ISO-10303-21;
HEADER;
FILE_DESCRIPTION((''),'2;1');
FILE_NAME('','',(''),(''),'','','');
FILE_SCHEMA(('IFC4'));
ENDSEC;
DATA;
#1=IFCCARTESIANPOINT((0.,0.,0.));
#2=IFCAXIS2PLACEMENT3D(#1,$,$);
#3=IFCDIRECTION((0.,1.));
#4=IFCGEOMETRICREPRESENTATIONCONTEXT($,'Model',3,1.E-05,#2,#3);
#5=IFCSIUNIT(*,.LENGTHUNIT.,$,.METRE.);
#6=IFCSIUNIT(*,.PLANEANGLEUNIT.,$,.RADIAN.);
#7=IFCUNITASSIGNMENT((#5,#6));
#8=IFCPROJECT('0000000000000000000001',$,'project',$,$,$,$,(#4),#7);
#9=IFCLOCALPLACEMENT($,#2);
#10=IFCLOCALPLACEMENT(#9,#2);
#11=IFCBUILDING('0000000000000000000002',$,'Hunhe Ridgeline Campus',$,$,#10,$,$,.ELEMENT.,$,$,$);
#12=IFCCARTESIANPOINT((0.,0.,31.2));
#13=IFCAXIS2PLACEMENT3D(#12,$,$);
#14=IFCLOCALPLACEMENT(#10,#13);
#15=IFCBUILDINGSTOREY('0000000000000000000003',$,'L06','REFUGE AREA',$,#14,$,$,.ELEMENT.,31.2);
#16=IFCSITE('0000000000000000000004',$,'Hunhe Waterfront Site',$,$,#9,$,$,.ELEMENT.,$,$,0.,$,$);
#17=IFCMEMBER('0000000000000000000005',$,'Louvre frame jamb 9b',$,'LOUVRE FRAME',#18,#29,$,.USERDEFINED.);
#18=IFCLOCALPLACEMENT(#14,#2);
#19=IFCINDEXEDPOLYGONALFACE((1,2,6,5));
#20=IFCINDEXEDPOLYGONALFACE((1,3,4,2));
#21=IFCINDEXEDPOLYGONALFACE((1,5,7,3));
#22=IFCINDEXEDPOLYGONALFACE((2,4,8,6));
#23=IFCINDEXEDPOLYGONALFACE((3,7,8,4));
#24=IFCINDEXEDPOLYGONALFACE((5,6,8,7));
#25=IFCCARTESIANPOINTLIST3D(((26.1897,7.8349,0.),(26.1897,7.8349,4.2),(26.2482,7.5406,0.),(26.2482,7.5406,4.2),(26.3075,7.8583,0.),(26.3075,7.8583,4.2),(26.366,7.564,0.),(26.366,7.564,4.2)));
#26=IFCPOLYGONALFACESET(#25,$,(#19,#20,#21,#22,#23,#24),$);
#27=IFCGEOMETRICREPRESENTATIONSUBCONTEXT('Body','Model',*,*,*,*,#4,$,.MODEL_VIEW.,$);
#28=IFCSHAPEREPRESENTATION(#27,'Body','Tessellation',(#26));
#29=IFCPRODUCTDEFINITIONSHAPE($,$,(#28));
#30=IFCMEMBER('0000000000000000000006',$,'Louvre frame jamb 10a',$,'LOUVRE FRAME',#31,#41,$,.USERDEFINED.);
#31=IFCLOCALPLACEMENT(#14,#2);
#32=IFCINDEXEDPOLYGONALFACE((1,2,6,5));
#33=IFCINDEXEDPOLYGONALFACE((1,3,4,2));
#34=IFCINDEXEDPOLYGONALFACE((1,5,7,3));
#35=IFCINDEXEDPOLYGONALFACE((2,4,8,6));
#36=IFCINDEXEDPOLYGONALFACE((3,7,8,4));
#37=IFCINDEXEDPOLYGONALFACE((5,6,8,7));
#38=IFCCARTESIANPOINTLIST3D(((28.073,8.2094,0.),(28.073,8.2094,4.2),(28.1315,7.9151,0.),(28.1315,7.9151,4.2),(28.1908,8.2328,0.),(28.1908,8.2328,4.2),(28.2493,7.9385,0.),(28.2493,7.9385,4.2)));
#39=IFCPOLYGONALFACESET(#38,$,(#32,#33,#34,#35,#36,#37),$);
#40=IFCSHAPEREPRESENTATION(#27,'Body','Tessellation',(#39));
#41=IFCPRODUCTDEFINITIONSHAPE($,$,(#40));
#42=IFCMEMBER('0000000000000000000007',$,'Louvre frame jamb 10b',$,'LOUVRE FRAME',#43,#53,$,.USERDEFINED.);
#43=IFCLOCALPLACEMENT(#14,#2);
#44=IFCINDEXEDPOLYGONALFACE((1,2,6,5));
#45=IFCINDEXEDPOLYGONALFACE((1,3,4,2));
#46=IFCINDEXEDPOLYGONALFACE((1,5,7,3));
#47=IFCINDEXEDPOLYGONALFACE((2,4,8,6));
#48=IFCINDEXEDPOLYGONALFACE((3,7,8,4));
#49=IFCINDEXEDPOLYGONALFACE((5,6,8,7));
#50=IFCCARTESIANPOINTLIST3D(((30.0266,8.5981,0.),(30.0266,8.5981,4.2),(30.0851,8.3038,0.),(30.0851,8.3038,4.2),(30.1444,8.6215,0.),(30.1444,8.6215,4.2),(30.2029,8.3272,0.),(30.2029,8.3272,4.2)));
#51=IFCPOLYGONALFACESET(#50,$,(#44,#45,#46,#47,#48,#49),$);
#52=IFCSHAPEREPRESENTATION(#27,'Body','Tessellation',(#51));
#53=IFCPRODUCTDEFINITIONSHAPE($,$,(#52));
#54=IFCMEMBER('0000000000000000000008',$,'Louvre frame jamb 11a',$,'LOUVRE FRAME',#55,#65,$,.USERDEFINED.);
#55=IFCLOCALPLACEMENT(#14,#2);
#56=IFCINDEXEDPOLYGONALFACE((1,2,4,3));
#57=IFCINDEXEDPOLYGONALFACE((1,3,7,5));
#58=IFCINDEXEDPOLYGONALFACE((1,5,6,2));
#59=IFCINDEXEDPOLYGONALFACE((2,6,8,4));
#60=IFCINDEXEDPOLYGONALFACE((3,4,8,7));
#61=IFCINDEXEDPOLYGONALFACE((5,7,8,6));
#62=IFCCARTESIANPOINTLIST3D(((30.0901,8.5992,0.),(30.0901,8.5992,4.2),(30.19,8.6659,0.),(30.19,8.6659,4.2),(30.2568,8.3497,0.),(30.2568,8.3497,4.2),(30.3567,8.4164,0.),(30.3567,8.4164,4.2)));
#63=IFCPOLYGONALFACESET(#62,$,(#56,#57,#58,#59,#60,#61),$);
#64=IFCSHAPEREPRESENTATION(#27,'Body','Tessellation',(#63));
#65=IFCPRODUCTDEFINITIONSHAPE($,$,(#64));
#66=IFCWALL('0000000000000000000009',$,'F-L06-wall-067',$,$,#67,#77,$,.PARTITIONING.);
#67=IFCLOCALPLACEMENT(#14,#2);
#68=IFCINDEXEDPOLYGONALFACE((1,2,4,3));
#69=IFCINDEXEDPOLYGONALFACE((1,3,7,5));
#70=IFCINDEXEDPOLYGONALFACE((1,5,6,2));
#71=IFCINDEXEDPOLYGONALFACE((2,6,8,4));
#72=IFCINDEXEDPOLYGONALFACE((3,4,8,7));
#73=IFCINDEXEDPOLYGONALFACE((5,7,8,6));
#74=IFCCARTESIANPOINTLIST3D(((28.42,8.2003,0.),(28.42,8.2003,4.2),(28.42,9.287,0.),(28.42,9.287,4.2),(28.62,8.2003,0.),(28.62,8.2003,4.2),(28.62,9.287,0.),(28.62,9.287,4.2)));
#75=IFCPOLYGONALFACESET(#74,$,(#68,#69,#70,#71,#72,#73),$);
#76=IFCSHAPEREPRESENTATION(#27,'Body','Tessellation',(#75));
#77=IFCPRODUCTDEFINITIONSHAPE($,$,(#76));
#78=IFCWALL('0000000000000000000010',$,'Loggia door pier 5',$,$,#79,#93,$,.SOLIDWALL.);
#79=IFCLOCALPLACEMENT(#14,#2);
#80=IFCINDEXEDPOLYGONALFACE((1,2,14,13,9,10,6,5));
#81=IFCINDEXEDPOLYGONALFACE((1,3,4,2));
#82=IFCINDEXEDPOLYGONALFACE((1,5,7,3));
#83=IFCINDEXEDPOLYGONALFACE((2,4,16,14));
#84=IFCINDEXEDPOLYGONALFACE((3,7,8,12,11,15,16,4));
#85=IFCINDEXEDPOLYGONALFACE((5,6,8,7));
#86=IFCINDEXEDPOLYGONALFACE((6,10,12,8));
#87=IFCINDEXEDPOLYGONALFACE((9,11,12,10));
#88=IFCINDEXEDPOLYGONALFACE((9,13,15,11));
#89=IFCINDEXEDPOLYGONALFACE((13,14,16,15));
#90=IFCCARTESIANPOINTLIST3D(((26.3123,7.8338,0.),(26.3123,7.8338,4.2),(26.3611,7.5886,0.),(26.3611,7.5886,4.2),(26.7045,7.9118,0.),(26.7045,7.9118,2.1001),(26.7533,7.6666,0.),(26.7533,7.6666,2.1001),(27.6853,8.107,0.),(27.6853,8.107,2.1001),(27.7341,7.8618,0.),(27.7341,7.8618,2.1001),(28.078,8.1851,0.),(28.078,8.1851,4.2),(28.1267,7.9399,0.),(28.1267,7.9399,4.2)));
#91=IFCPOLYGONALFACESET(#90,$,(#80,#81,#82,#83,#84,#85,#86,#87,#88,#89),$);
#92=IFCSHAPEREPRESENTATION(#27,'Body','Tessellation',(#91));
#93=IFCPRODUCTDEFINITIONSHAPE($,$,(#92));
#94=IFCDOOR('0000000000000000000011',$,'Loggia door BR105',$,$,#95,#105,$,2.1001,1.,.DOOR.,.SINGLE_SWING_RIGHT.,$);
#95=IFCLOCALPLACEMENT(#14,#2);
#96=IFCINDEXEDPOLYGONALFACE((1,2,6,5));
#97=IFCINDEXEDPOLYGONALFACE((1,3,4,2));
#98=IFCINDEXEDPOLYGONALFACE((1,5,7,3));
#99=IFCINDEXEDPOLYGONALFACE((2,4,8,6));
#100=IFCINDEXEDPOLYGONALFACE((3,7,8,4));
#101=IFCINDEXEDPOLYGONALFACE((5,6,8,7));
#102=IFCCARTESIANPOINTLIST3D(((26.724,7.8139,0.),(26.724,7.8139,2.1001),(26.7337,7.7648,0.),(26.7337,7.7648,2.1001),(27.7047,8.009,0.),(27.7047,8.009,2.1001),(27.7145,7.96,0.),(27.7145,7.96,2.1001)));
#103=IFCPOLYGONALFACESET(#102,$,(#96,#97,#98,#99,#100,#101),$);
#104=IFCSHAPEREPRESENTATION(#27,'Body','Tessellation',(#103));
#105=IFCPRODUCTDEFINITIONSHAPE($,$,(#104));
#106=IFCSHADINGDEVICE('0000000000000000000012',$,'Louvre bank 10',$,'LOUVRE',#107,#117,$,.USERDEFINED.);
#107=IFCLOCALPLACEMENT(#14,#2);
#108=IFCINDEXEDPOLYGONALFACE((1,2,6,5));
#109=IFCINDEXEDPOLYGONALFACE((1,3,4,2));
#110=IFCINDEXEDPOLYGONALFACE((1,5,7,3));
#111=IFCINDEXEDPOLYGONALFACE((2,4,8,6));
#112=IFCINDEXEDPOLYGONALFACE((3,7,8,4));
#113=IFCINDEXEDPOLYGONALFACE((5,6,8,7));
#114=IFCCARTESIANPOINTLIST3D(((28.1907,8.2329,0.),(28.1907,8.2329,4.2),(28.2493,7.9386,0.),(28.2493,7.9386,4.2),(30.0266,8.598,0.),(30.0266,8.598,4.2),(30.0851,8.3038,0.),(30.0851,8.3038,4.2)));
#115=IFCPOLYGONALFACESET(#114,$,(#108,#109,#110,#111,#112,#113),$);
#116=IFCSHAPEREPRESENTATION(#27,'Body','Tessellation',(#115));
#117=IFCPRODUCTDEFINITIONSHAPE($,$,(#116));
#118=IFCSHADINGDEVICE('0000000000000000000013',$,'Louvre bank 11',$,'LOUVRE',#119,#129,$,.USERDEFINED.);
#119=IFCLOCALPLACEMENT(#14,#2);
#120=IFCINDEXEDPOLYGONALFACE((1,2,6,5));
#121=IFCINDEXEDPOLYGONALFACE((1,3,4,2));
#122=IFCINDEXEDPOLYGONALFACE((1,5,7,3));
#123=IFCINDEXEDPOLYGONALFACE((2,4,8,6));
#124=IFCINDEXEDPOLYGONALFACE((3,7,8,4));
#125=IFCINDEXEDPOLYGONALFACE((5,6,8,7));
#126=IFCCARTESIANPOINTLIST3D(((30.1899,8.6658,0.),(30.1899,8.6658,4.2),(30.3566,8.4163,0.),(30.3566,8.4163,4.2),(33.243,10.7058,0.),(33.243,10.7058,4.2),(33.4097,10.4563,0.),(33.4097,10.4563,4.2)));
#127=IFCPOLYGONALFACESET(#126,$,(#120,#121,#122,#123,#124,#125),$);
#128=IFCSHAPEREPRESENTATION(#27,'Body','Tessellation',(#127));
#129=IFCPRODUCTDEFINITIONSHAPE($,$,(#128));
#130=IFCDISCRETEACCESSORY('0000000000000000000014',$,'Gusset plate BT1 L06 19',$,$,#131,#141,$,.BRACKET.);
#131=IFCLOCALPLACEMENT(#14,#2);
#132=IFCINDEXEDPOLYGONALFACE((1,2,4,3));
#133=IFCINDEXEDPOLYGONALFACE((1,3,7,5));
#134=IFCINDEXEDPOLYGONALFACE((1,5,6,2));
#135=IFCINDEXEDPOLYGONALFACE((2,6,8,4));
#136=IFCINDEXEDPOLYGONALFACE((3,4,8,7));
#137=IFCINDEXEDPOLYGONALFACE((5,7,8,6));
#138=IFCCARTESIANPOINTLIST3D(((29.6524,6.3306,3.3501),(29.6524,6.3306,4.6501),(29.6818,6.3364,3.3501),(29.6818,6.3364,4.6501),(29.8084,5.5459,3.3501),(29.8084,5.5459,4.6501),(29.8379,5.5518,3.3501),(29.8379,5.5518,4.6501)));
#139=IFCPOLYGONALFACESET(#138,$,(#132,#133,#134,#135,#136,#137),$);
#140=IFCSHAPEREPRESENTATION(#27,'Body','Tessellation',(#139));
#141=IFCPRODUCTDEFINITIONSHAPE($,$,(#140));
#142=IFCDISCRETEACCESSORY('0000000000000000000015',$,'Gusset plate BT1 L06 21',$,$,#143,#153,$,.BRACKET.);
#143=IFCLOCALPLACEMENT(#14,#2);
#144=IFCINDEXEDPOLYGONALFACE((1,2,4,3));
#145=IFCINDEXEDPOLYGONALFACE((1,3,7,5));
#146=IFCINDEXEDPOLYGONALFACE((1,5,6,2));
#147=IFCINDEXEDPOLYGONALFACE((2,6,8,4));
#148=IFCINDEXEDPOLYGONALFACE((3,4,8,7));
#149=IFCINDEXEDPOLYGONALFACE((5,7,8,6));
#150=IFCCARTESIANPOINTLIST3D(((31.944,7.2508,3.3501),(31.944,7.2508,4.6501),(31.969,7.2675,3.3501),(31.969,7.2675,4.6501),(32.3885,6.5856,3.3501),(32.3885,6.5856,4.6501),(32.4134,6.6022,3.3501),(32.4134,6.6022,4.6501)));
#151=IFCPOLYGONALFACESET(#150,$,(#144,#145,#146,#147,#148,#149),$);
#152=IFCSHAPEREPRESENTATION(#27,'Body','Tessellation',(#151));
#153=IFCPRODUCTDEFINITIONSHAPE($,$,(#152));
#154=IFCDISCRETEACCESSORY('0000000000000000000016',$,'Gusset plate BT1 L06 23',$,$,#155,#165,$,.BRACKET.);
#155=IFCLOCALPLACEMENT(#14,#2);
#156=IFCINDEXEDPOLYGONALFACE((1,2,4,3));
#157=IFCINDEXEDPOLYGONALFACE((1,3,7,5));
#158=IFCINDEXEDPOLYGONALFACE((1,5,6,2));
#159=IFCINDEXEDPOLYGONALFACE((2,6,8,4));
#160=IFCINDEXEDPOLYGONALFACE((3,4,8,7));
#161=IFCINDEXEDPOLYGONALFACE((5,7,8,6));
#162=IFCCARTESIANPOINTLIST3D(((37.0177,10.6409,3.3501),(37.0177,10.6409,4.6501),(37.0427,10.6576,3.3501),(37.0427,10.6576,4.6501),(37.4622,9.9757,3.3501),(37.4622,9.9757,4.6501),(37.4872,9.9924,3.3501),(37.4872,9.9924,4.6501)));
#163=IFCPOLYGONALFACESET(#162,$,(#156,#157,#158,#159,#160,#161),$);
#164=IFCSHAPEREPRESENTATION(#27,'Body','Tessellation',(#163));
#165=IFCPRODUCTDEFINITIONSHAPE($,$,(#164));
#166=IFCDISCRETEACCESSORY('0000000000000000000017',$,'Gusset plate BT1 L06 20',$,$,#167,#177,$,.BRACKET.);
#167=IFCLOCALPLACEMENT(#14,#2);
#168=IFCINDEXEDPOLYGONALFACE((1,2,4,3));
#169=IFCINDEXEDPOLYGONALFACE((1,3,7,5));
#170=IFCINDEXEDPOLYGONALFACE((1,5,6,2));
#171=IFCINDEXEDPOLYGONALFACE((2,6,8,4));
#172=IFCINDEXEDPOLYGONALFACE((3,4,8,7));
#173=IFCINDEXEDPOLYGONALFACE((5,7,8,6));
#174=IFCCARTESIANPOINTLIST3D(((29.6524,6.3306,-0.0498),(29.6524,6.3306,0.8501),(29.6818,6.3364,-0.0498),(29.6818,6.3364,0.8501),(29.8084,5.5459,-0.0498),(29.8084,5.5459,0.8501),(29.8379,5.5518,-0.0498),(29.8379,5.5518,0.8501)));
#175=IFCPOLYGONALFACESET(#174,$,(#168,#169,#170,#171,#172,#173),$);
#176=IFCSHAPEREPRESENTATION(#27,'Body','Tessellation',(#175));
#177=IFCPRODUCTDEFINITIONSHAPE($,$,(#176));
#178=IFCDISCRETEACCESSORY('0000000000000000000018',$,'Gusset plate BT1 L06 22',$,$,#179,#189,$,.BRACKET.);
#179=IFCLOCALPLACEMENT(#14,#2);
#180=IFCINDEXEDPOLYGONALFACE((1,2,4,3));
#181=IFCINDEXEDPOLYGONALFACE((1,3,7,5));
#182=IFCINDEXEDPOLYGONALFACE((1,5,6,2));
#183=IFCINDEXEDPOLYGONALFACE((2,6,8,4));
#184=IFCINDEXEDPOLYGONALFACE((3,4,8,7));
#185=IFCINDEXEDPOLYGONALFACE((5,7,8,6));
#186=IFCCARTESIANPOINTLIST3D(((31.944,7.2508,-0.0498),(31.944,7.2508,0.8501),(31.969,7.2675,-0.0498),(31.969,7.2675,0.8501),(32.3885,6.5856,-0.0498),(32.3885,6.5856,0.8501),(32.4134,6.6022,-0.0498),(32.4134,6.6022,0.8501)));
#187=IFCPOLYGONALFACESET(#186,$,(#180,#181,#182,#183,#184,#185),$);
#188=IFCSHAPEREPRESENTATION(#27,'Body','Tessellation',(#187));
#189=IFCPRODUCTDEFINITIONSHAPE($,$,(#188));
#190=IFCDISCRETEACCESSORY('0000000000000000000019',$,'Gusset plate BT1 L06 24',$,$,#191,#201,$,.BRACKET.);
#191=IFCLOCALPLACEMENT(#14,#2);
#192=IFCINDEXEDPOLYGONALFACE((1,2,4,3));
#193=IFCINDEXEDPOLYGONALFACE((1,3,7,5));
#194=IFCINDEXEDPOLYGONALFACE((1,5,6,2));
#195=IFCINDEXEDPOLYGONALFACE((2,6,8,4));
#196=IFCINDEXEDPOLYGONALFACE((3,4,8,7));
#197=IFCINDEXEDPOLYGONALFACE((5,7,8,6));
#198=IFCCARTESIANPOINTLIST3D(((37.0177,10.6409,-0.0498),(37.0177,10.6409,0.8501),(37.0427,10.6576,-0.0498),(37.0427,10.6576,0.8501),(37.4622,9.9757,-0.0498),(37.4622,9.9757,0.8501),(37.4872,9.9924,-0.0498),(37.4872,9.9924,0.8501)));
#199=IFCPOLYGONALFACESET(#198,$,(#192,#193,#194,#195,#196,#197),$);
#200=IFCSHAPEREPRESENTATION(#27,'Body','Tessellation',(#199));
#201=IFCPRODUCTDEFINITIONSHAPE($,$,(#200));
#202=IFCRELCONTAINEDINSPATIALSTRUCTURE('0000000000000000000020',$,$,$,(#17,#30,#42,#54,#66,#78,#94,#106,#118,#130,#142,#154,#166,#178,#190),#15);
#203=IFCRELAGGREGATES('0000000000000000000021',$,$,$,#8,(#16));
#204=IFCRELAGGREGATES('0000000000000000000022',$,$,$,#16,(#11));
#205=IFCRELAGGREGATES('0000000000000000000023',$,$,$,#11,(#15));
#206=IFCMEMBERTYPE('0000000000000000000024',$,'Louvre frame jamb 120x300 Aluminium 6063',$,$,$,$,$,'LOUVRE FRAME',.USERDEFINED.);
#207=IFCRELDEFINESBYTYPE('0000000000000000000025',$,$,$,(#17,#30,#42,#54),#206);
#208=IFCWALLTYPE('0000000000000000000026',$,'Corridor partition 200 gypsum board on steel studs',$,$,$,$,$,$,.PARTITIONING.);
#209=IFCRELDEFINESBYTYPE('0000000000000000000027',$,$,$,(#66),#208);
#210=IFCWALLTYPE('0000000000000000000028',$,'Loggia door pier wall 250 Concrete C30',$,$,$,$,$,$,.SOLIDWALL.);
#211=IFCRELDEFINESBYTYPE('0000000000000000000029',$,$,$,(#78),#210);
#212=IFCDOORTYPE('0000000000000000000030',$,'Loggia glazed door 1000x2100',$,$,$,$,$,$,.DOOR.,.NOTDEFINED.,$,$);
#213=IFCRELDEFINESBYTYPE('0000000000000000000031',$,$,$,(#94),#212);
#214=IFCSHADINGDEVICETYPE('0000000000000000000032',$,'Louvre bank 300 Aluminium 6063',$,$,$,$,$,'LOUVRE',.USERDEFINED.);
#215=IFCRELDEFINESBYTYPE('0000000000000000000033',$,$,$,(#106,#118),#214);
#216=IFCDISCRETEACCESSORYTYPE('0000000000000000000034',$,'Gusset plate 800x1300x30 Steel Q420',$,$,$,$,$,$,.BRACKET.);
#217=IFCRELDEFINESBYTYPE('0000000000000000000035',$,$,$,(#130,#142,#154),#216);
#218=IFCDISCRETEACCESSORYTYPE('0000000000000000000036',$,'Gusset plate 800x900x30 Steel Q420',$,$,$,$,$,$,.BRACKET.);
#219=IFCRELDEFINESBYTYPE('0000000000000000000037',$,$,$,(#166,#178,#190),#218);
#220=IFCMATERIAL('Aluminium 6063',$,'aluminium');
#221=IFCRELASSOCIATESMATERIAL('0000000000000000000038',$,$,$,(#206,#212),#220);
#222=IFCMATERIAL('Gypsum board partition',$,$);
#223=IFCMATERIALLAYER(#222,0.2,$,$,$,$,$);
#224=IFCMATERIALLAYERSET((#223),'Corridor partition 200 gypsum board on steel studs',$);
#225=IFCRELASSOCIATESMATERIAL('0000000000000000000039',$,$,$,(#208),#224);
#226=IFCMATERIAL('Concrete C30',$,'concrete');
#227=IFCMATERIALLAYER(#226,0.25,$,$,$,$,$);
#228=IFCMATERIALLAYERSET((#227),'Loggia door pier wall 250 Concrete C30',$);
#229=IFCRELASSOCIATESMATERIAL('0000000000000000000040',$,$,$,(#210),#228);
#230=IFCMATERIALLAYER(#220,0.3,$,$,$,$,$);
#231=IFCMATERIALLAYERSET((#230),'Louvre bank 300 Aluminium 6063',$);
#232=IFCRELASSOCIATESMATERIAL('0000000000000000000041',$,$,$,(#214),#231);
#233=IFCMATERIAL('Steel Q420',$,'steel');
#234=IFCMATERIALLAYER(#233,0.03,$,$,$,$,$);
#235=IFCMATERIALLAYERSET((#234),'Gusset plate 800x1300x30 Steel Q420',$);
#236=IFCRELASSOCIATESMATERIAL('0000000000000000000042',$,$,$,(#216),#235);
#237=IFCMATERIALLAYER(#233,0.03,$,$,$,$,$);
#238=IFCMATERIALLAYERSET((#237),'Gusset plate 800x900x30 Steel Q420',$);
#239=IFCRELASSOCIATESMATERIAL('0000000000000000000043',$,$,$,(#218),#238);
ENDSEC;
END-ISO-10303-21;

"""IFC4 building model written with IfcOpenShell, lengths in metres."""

from ifc_helpers import new_model, si_unit, direction, frame, frame_2d, origin, origin_2d, place, context, subcontext, project, spatial, rectangle, extrude, material, layer, layer_set, material_profile, profile_set, type_object, element, fill, save


model = new_model("IFC4")

# Units and contexts
model_context = context("Model", 3, precision=1e-05, world=origin(), true_north=direction((0.0, 1.0)))
body_context = subcontext(model_context, "Body", "Model", "MODEL_VIEW")
ifc_project = project(units=[si_unit("LENGTHUNIT", "METRE"), si_unit("PLANEANGLEUNIT", "RADIAN")], contexts=[model_context])

# Site, building, storey
site_placement = place(None, origin())
site = spatial("IfcSite", under=ifc_project, at=site_placement, Name="Hunhe Waterfront Site", CompositionType="ELEMENT", RefElevation=0.0)
building_placement = place(site_placement, origin())
building = spatial("IfcBuilding", under=site, at=building_placement, Name="Hunhe Ridgeline Campus", CompositionType="ELEMENT")
storey_placement = place(building_placement, frame((0.0, 0.0, 31.2)))
storey = spatial("IfcBuildingStorey", under=building, at=storey_placement, Name="L06", Description="REFUGE AREA", CompositionType="ELEMENT", Elevation=31.2)

# Members
ifc_material_1 = material(Name="Steel Q420", Category="steel")
ifc_material_2 = material(Name="Aluminium 6063", Category="aluminium")
ifc_material_profile_1 = material_profile(ifc_material_2, rectangle(XDim=0.3, YDim=0.1201, at=origin_2d()))
ifc_profile_set_1 = profile_set([ifc_material_profile_1], Name="Aluminium 6063")
member_type_1 = type_object("IfcMemberType", Name="Louvre frame jamb 120x300 Aluminium 6063", ElementType="LOUVRE FRAME", PredefinedType="USERDEFINED", material=ifc_profile_set_1)
for number, where, z_axis, x_axis, name in (
    (1, (26.2778, 7.6995, 0.0), (0.0, 0.0, 1.0), (-0.19509, 0.980785, 0.0), "Louvre frame jamb 9b"),
    (2, (28.1611, 8.074, 0.0), (0.0, 0.0, 1.0), (-0.19509, 0.980785, 0.0), "Louvre frame jamb 10a"),
    (3, (30.1147, 8.4626, 0.0), (0.0, 0.0, 1.0), (-0.19509, 0.980785, 0.0), "Louvre frame jamb 10b"),
    (4, (30.2234, 8.5078, 0.0), (0.0, 0.0, 1.0), (-0.55557, 0.83147, 0.0), "Louvre frame jamb 11a"),
):
    element("IfcMember", number, at=place(storey_placement, frame(where, z_axis=z_axis, x_axis=x_axis)), inside=storey, type_object=member_type_1, Name=name, ObjectType="LOUVRE FRAME", PredefinedType="USERDEFINED", context=body_context, shape_type="SweptSolid", body=[
        extrude(rectangle(XDim=0.3, YDim=0.1201, at=origin_2d()), origin(), (0.0, 0.0, 1.0), 4.2),
    ])

# Wall
ifc_material_3 = material(Name="Gypsum board partition")
ifc_layer_1 = layer(ifc_material_3, 0.2)
ifc_layer_set_1 = layer_set([ifc_layer_1], Name="Corridor partition 200 gypsum board on steel studs")
wall_type_1 = type_object("IfcWallType", Name="Corridor partition 200 gypsum board on steel studs", PredefinedType="PARTITIONING", material=ifc_layer_set_1)
wall_1_placement = place(storey_placement, frame((28.52, 9.2871, 0.0), z_axis=(0.0, 0.0, 1.0), x_axis=(0.0, -1.0, 0.0)))
element("IfcWall", 5, at=wall_1_placement, inside=storey, type_object=wall_type_1, Name="F-L06-wall-067", PredefinedType="PARTITIONING", context=body_context, shape_type="SweptSolid", body=[
    extrude(rectangle(XDim=1.0867, YDim=0.2, at=frame_2d((0.5435, 0.0))), origin(), (0.0, 0.0, 1.0), 4.2),
])

# Wall, opening, door
ifc_material_4 = material(Name="Concrete C30", Category="concrete")
ifc_layer_2 = layer(ifc_material_4, 0.25)
ifc_layer_set_2 = layer_set([ifc_layer_2], Name="Loggia door pier wall 250 Concrete C30")
wall_type_2 = type_object("IfcWallType", Name="Loggia door pier wall 250 Concrete C30", PredefinedType="SOLIDWALL", material=ifc_layer_set_2)
wall_2_placement = place(storey_placement, frame((26.3367, 7.7112, 0.0), z_axis=(0.0, 0.0, 1.0), x_axis=(0.980773, 0.195151, 0.0)))
wall_2 = element("IfcWall", 6, at=wall_2_placement, inside=storey, type_object=wall_type_2, Name="Loggia door pier 5", PredefinedType="SOLIDWALL", context=body_context, shape_type="SweptSolid", body=[
    extrude(rectangle(XDim=1.8003, YDim=0.25, at=frame_2d((0.9001, 0.0))), origin(), (0.0, 0.0, 1.0), 4.2),
])
opening_placement = place(wall_2_placement, frame((0.3999, 0.0, 0.0)))
opening = element("IfcOpeningElement", 7, at=opening_placement, cuts=wall_2, PredefinedType="OPENING", context=body_context, shape_type="SweptSolid", body=[
    extrude(rectangle(XDim=1.0, YDim=2.1001, at=frame_2d((0.5, 1.05))), frame((0.0, 0.125, 0.0), z_axis=(0.0, -1.0, 0.0), x_axis=(1.0, 0.0, 0.0)), (0.0, 0.0, 1.0), 0.25),
])
door_type = type_object("IfcDoorType", Name="Loggia glazed door 1000x2100", OperationType="NOTDEFINED", PredefinedType="DOOR", material=ifc_material_2)
door_placement = place(opening_placement, frame((1.0, 0.0, 0.0), z_axis=(0.0, 0.0, 1.0), x_axis=(-1.0, 0.0, 0.0)))
door = element("IfcDoor", 8, at=door_placement, inside=storey, type_object=door_type, Name="Loggia door BR105", OperationType="SINGLE_SWING_RIGHT", OverallHeight=2.1001, OverallWidth=1.0, PredefinedType="DOOR", context=body_context, shape_type="SweptSolid", body=[
    extrude(rectangle(XDim=1.0, YDim=2.1001, at=frame_2d((0.5, 1.05))), frame((0.0, 0.0249, 0.0), z_axis=(0.0, -1.0, 0.0), x_axis=(1.0, 0.0, 0.0)), (0.0, 0.0, 1.0), 0.05),
])
fill(opening, door)

# Shading devices
ifc_layer_3 = layer(ifc_material_2, 0.3)
ifc_layer_set_3 = layer_set([ifc_layer_3], Name="Louvre bank 300 Aluminium 6063")
shading_device_type = type_object("IfcShadingDeviceType", Name="Louvre bank 300 Aluminium 6063", ElementType="LOUVRE", PredefinedType="USERDEFINED", material=ifc_layer_set_3)
shading_device_1_placement = place(storey_placement, frame((29.1379, 8.2683, 0.0), z_axis=(0.0, 0.0, 1.0), x_axis=(0.980785, 0.19509, 0.0)))
element("IfcShadingDevice", 9, at=shading_device_1_placement, inside=storey, type_object=shading_device_type, Name="Louvre bank 10", ObjectType="LOUVRE", PredefinedType="USERDEFINED", context=body_context, shape_type="SweptSolid", body=[
    extrude(rectangle(XDim=1.8718, YDim=0.3, at=origin_2d()), origin(), (0.0, 0.0, 1.0), 4.2),
])
shading_device_2_placement = place(storey_placement, frame((31.7998, 9.561, 0.0), z_axis=(0.0, 0.0, 1.0), x_axis=(0.83147, 0.55557, 0.0)))
element("IfcShadingDevice", 10, at=shading_device_2_placement, inside=storey, type_object=shading_device_type, Name="Louvre bank 11", ObjectType="LOUVRE", PredefinedType="USERDEFINED", context=body_context, shape_type="SweptSolid", body=[
    extrude(rectangle(XDim=3.6719, YDim=0.3, at=origin_2d()), origin(), (0.0, 0.0, 1.0), 4.2),
])

# Discrete accessories
ifc_layer_4 = layer(ifc_material_1, 0.03)
ifc_layer_set_4 = layer_set([ifc_layer_4], Name="Gusset plate 800x1300x30 Steel Q420")
discrete_accessory_type_1 = type_object("IfcDiscreteAccessoryType", Name="Gusset plate 800x1300x30 Steel Q420", PredefinedType="BRACKET", material=ifc_layer_set_4)
for number, where, z_axis, x_axis, name in (
    (11, (29.7451, 5.9412, 3.3501), (0.0, 0.0, 1.0), (0.980785, 0.19509, 0.0), "Gusset plate BT1 L06 19"),
    (12, (32.1787, 6.9265, 3.3501), (0.0, 0.0, 1.0), (-0.83147, -0.55557, 0.0), "Gusset plate BT1 L06 21"),
    (13, (37.2524, 10.3167, 3.3501), (0.0, 0.0, 1.0), (0.83147, 0.55557, 0.0), "Gusset plate BT1 L06 23"),
):
    element("IfcDiscreteAccessory", number, at=place(storey_placement, frame(where, z_axis=z_axis, x_axis=x_axis)), inside=storey, type_object=discrete_accessory_type_1, Name=name, PredefinedType="BRACKET", context=body_context, shape_type="SweptSolid", body=[
        extrude(rectangle(XDim=0.03, YDim=0.8, at=origin_2d()), origin(), (0.0, 0.0, 1.0), 1.3),
    ])
ifc_layer_5 = layer(ifc_material_1, 0.03)
ifc_layer_set_5 = layer_set([ifc_layer_5], Name="Gusset plate 800x900x30 Steel Q420")
discrete_accessory_type_2 = type_object("IfcDiscreteAccessoryType", Name="Gusset plate 800x900x30 Steel Q420", PredefinedType="BRACKET", material=ifc_layer_set_5)
for number, where, z_axis, x_axis, name in (
    (14, (29.7451, 5.9412, -0.0498), (0.0, 0.0, 1.0), (0.980785, 0.19509, 0.0), "Gusset plate BT1 L06 20"),
    (15, (32.1787, 6.9265, -0.0498), (0.0, 0.0, 1.0), (-0.83147, -0.55557, 0.0), "Gusset plate BT1 L06 22"),
    (16, (37.2524, 10.3167, -0.0498), (0.0, 0.0, 1.0), (0.83147, 0.55557, 0.0), "Gusset plate BT1 L06 24"),
):
    element("IfcDiscreteAccessory", number, at=place(storey_placement, frame(where, z_axis=z_axis, x_axis=x_axis)), inside=storey, type_object=discrete_accessory_type_2, Name=name, PredefinedType="BRACKET", context=body_context, shape_type="SweptSolid", body=[
        extrude(rectangle(XDim=0.03, YDim=0.8, at=origin_2d()), origin(), (0.0, 0.0, 1.0), 0.8999),
    ])

save(model, "model.ifc")
